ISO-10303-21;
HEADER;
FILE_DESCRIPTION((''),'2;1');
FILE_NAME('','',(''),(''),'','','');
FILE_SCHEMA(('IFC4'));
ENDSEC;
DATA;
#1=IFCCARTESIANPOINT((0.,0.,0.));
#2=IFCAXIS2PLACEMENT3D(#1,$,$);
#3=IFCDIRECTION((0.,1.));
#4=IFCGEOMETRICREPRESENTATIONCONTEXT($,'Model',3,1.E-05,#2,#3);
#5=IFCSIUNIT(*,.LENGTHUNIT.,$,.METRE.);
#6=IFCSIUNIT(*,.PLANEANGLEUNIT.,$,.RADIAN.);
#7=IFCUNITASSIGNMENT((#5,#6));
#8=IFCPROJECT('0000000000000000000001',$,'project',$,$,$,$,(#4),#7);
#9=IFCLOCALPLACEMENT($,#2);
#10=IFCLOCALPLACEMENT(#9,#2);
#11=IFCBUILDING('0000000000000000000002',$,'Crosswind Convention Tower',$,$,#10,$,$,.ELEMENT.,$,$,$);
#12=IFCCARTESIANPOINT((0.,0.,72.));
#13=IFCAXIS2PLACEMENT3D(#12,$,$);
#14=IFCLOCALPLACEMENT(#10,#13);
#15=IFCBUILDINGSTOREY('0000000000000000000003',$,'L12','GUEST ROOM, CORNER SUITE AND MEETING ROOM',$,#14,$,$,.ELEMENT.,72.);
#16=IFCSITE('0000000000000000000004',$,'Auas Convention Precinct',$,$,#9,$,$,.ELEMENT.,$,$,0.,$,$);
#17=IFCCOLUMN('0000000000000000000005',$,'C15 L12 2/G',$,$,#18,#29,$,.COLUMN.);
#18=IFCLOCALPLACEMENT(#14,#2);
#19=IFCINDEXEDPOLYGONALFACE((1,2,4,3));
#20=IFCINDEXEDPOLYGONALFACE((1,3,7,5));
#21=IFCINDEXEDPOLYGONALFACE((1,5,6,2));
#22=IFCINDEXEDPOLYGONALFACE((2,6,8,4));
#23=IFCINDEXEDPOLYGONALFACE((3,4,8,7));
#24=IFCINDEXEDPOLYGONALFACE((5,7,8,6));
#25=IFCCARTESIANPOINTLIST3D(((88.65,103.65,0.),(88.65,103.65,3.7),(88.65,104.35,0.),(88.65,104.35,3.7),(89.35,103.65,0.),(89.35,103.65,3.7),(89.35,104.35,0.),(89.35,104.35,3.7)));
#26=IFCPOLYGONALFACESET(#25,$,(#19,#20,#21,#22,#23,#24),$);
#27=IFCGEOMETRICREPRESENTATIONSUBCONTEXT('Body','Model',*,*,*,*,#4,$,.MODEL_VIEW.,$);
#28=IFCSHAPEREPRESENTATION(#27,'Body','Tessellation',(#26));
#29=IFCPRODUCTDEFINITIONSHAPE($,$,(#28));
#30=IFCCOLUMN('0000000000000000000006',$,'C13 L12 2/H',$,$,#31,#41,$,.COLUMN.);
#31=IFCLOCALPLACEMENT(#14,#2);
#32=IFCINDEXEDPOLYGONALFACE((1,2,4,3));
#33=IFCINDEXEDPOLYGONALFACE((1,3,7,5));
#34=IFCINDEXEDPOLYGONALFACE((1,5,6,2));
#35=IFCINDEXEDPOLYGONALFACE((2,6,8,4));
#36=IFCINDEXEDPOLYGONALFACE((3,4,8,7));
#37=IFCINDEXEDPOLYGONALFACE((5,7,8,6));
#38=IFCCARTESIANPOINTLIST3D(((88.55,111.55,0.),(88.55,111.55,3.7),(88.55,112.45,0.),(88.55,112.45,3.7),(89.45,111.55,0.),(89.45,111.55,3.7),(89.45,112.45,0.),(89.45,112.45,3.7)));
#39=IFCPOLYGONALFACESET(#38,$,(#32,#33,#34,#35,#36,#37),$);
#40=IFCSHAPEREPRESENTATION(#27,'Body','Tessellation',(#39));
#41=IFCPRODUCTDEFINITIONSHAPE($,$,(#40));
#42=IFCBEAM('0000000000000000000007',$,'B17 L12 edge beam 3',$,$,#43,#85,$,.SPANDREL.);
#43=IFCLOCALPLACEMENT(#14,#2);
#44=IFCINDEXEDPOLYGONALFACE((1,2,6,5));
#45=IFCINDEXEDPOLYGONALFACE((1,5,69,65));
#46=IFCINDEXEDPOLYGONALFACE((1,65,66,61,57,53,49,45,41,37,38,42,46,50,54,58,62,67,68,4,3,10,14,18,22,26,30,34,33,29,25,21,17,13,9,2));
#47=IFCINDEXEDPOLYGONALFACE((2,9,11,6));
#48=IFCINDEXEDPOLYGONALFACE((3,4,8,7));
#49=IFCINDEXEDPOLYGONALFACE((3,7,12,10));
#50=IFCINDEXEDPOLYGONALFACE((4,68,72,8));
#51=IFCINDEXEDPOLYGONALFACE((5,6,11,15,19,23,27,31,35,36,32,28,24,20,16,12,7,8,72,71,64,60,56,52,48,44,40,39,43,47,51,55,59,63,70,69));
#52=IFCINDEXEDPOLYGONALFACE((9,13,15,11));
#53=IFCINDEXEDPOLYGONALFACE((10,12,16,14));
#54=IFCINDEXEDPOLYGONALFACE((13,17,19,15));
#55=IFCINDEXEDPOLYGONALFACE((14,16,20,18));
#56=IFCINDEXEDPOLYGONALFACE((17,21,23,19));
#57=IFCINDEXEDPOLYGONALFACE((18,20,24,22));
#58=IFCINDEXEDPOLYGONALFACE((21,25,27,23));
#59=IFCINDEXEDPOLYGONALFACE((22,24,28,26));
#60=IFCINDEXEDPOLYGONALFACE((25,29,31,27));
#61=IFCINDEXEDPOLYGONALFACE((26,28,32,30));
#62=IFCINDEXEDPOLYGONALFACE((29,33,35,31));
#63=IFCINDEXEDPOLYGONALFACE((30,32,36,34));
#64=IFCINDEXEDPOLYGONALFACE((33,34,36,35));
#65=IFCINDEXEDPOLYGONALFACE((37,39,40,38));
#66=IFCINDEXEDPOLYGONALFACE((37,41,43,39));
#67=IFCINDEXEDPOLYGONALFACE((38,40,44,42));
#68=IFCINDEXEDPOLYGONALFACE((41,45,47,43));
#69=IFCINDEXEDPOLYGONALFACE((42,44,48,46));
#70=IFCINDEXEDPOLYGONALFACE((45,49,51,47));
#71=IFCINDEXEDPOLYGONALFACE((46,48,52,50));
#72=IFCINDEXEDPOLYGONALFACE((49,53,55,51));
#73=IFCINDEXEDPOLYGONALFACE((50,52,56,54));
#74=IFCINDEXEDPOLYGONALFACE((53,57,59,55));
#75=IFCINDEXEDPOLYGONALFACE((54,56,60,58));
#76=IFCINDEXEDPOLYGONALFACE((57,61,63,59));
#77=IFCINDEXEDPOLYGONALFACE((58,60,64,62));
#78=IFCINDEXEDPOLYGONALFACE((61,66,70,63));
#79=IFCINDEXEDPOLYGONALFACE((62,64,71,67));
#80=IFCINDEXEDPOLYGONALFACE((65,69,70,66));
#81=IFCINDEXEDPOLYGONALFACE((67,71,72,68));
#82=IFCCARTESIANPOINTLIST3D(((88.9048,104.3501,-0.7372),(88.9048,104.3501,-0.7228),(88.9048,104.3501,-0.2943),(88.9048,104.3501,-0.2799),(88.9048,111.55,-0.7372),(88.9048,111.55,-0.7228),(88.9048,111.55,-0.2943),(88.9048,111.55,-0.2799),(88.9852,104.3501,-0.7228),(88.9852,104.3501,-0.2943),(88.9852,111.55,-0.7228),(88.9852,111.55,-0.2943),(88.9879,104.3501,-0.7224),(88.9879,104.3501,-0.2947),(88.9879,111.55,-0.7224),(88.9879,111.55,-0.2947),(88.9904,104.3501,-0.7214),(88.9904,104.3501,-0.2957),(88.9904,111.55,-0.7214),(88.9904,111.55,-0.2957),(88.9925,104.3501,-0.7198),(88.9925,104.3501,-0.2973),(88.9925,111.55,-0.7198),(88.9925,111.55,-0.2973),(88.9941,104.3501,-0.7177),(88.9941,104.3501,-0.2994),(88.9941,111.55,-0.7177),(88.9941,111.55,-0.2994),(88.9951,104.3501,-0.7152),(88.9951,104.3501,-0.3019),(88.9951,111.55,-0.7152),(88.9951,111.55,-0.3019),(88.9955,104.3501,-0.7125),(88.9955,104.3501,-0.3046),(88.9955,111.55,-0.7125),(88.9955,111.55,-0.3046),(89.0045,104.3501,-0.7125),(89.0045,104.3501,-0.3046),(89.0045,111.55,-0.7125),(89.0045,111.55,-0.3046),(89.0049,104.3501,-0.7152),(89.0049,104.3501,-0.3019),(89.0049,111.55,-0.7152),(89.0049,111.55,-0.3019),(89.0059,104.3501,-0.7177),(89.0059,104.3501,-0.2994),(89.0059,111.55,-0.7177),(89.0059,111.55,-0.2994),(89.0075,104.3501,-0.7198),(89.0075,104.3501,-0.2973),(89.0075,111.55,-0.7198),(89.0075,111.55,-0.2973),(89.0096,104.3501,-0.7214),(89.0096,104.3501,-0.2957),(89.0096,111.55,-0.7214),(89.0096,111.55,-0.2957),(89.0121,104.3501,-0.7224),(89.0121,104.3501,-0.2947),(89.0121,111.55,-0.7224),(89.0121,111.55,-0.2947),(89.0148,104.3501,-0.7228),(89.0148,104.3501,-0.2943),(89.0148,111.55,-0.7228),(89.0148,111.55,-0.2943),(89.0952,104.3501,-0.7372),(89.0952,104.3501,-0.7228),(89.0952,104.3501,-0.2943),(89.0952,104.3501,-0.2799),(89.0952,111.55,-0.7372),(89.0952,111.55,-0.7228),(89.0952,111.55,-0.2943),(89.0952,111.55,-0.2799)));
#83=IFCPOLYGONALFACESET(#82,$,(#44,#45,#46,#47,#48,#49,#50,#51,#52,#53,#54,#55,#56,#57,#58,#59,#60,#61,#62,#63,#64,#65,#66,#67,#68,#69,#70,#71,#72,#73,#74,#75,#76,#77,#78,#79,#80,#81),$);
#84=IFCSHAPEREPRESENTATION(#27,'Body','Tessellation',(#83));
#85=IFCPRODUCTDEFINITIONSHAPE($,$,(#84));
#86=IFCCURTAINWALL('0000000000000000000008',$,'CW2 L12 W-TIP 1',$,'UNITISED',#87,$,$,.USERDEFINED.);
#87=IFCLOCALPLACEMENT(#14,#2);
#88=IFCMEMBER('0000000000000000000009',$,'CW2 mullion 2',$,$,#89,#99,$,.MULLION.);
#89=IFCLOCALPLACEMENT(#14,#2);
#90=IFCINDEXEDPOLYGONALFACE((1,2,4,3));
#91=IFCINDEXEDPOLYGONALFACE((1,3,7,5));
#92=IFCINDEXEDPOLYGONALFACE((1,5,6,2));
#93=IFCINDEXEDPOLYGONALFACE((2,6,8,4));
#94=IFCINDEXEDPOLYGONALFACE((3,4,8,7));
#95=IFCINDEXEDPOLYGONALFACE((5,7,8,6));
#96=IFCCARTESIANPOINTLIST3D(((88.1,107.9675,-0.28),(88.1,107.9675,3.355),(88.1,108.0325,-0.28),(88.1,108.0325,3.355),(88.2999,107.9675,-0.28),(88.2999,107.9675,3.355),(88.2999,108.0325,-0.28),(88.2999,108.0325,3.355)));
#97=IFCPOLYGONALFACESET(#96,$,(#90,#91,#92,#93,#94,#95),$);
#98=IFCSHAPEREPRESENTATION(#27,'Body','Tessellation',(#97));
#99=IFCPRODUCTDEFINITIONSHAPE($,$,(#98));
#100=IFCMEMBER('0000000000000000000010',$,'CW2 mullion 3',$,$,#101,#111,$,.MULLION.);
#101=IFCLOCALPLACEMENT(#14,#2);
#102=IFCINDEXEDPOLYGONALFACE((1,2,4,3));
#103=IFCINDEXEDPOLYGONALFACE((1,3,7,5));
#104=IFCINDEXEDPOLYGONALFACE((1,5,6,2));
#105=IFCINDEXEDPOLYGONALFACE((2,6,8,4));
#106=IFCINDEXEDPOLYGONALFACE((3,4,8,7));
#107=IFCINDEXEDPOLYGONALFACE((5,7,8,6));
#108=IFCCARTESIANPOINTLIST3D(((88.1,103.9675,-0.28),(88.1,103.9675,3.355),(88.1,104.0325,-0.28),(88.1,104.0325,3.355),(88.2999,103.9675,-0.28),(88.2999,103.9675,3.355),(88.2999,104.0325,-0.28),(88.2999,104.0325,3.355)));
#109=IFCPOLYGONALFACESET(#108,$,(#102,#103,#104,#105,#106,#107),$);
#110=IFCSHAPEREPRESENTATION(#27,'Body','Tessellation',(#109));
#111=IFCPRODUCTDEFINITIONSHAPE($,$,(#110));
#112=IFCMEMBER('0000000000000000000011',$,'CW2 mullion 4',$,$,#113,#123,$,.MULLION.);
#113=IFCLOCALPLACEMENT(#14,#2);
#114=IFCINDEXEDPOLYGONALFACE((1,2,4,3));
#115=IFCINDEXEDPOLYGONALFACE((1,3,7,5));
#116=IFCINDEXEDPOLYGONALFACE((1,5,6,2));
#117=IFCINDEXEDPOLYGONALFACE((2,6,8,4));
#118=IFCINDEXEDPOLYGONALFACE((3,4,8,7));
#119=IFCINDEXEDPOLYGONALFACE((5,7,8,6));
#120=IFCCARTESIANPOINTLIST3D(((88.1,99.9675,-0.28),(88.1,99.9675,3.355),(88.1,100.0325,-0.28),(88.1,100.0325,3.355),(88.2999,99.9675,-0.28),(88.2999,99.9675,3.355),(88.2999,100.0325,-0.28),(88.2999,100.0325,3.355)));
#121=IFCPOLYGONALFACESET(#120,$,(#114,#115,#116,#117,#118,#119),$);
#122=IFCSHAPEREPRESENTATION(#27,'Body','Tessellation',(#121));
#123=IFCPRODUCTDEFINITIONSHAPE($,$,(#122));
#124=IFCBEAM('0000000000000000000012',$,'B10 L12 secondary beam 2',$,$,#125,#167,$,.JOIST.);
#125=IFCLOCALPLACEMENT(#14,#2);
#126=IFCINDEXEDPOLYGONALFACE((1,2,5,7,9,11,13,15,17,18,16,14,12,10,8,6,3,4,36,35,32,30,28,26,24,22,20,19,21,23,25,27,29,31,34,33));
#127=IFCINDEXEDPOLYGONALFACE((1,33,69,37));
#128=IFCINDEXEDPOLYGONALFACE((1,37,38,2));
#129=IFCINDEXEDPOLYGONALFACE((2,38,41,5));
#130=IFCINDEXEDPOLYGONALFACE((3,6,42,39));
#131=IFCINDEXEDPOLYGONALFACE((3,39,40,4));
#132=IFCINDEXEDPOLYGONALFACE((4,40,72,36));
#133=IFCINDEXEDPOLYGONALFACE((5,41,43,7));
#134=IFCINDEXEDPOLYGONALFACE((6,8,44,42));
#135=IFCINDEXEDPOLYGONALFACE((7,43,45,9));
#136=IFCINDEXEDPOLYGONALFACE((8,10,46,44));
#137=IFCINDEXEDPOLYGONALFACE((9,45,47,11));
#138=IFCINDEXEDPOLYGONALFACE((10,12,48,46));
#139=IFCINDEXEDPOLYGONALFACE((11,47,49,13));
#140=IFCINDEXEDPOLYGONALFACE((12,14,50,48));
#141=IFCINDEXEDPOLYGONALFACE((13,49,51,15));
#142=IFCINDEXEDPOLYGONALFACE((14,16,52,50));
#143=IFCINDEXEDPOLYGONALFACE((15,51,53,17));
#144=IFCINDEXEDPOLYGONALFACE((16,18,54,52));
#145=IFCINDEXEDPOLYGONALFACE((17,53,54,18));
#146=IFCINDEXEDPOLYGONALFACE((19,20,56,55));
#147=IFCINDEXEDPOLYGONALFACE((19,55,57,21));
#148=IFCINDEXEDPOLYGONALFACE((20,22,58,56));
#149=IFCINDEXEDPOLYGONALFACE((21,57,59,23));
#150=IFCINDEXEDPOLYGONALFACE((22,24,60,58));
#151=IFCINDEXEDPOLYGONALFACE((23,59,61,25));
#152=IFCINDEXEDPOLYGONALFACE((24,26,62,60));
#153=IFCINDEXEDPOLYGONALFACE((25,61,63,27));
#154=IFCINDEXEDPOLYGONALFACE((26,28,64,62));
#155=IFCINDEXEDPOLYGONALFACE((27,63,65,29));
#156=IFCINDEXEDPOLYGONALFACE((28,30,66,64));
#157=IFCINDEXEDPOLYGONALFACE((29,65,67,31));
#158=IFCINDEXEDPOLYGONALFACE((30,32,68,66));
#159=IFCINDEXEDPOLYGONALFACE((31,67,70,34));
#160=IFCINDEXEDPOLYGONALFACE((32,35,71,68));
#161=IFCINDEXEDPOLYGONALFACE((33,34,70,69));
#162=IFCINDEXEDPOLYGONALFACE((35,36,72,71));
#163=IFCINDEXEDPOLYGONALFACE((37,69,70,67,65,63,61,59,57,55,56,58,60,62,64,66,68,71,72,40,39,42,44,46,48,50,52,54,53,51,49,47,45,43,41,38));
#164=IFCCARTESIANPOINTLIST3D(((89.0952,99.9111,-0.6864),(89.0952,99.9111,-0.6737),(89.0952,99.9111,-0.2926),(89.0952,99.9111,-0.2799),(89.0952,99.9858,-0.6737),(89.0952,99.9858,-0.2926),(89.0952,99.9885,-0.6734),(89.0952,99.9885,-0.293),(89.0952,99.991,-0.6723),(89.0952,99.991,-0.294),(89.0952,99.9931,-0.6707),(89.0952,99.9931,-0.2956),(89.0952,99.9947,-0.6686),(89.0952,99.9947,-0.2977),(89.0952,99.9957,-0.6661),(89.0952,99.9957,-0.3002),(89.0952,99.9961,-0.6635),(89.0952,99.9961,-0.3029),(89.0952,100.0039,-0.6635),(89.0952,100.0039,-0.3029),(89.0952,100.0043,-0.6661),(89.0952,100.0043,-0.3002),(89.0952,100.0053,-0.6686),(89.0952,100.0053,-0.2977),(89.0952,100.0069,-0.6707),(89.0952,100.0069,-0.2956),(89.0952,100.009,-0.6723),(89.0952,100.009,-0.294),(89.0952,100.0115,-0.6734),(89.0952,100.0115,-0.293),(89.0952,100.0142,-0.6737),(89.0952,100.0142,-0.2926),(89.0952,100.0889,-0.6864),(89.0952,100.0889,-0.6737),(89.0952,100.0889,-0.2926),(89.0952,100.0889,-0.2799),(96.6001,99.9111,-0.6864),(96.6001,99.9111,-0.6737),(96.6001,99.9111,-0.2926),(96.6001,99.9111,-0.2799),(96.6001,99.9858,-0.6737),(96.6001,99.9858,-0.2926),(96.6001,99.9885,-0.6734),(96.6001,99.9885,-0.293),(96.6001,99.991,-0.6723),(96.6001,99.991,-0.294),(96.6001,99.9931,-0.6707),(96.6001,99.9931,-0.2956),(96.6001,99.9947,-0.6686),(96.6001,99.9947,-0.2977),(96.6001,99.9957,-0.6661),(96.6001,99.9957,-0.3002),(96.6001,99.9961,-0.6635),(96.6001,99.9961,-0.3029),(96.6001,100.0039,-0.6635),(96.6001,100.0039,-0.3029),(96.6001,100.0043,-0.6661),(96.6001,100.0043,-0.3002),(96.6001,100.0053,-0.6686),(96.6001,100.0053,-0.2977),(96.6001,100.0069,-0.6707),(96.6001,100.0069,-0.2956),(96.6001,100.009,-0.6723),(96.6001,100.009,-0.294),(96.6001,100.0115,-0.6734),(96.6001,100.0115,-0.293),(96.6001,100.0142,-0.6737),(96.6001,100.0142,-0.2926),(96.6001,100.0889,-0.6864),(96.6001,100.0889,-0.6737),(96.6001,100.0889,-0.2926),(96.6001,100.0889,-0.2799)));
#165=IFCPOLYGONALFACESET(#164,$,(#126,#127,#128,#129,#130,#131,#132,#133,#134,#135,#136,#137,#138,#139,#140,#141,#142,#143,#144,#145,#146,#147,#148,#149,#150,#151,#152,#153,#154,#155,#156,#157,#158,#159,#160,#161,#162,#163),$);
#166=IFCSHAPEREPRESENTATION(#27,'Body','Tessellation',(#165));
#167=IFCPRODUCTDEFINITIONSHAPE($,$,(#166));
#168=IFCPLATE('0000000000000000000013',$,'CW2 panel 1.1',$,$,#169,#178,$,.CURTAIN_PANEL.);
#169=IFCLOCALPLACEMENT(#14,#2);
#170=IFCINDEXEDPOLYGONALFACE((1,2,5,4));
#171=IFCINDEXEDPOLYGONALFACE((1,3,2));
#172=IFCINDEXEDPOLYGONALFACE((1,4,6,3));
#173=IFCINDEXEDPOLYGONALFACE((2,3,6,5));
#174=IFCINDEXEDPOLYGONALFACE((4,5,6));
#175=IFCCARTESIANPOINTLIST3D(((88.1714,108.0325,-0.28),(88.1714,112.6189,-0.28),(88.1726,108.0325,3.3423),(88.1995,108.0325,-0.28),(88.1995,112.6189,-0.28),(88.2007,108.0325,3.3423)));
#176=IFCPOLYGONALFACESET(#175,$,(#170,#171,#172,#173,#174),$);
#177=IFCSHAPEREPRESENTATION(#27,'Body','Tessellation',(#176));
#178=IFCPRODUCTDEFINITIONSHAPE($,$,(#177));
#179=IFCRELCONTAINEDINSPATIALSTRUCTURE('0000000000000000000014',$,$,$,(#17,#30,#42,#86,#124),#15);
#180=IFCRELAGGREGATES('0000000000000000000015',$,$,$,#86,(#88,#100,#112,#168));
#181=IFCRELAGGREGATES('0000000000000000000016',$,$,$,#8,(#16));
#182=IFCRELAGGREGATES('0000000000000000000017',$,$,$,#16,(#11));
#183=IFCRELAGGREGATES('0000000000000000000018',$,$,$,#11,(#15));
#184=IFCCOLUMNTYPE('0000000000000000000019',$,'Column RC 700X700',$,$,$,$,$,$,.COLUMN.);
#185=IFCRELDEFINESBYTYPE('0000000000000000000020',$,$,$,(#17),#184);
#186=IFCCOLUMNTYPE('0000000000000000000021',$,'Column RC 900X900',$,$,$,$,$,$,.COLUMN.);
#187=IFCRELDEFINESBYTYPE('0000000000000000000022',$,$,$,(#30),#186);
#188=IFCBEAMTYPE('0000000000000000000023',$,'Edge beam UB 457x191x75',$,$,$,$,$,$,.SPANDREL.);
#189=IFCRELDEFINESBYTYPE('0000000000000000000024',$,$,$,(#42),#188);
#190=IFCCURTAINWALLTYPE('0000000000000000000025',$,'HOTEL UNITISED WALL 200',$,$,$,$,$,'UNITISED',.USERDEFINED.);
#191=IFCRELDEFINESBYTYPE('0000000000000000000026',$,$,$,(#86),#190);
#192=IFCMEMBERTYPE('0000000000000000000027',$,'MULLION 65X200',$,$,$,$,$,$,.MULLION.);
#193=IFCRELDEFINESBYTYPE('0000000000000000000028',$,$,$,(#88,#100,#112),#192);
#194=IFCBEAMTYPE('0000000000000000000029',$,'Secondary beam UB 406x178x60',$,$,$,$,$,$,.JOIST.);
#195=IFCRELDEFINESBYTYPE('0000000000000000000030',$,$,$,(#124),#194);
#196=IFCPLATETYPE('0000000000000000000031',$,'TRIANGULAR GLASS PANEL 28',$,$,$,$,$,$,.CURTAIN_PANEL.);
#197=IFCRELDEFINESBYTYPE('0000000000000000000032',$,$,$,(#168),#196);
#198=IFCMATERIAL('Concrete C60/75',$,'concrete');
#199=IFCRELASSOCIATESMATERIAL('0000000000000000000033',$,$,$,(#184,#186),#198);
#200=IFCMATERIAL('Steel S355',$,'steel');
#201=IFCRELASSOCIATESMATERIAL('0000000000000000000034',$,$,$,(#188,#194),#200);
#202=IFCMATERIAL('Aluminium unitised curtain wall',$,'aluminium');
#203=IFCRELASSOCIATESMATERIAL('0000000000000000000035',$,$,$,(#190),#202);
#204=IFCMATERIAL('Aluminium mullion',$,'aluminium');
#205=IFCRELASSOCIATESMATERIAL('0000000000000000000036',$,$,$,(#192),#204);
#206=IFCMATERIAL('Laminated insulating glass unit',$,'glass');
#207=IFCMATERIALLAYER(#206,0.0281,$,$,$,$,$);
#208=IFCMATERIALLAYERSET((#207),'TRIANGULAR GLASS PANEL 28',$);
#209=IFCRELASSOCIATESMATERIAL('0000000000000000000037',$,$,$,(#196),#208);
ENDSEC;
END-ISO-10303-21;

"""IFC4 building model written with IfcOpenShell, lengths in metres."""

from ifc_helpers import new_model, si_unit, direction, frame, origin, origin_2d, place, context, subcontext, project, spatial, polyline, rectangle, i_section, outline, extrude, material, layer, layer_set, material_profile, profile_set, type_object, element, aggregate, save


model = new_model("IFC4")

# Units and contexts
model_context = context("Model", 3, precision=1e-05, world=origin(), true_north=direction((0.0, 1.0)))
body_context = subcontext(model_context, "Body", "Model", "MODEL_VIEW")
ifc_project = project(units=[si_unit("LENGTHUNIT", "METRE"), si_unit("PLANEANGLEUNIT", "RADIAN")], contexts=[model_context])

# Site, building, storey
site_placement = place(None, origin())
site = spatial("IfcSite", under=ifc_project, at=site_placement, Name="Auas Convention Precinct", CompositionType="ELEMENT", RefElevation=0.0)
building_placement = place(site_placement, origin())
building = spatial("IfcBuilding", under=site, at=building_placement, Name="Crosswind Convention Tower", CompositionType="ELEMENT")
storey_placement = place(building_placement, frame((0.0, 0.0, 72.0)))
storey = spatial("IfcBuildingStorey", under=building, at=storey_placement, Name="L12", Description="GUEST ROOM, CORNER SUITE AND MEETING ROOM", CompositionType="ELEMENT", Elevation=72.0)

# Columns
ifc_material_1 = material(Name="Concrete C60/75", Category="concrete")
ifc_material_profile_1 = material_profile(ifc_material_1, rectangle(XDim=0.7, YDim=0.7, at=origin_2d()), Name="RC 700X700")
ifc_profile_set_1 = profile_set([ifc_material_profile_1], Name="Concrete C60/75")
column_type_1 = type_object("IfcColumnType", Name="Column RC 700X700", PredefinedType="COLUMN", material=ifc_profile_set_1)
column_1_placement = place(storey_placement, frame((89.0, 104.0, 0.0), z_axis=(0.0, 0.0, 1.0), x_axis=(1.0, 0.0, 0.0)))
element("IfcColumn", 1, at=column_1_placement, inside=storey, type_object=column_type_1, Name="C15 L12 2/G", PredefinedType="COLUMN", context=body_context, shape_type="SweptSolid", body=[
    extrude(rectangle(XDim=0.7, YDim=0.7, at=origin_2d()), origin(), (0.0, 0.0, 1.0), 3.7),
])
ifc_material_profile_2 = material_profile(ifc_material_1, rectangle(XDim=0.8999, YDim=0.8999, at=origin_2d()), Name="RC 900X900")
ifc_profile_set_2 = profile_set([ifc_material_profile_2], Name="Concrete C60/75")
column_type_2 = type_object("IfcColumnType", Name="Column RC 900X900", PredefinedType="COLUMN", material=ifc_profile_set_2)
column_2_placement = place(storey_placement, frame((89.0, 112.0, 0.0), z_axis=(0.0, 0.0, 1.0), x_axis=(1.0, 0.0, 0.0)))
element("IfcColumn", 2, at=column_2_placement, inside=storey, type_object=column_type_2, Name="C13 L12 2/H", PredefinedType="COLUMN", context=body_context, shape_type="SweptSolid", body=[
    extrude(rectangle(XDim=0.8999, YDim=0.8999, at=origin_2d()), origin(), (0.0, 0.0, 1.0), 3.7),
])

# Beam
ifc_material_2 = material(Name="Steel S355", Category="steel")
ifc_material_profile_3 = material_profile(ifc_material_2, i_section(OverallWidth=0.1904, OverallDepth=0.4573, WebThickness=0.009, FlangeThickness=0.0144, FilletRadius=0.0103, at=origin_2d()), Name="UB 457x191x75")
ifc_profile_set_3 = profile_set([ifc_material_profile_3], Name="Steel S355")
beam_type_1 = type_object("IfcBeamType", Name="Edge beam UB 457x191x75", PredefinedType="SPANDREL", material=ifc_profile_set_3)
beam_1_placement = place(storey_placement, frame((89.0, 104.3501, -0.5085), z_axis=(0.0, 1.0, 0.0), x_axis=(-1.0, 0.0, 0.0)))
element("IfcBeam", 3, at=beam_1_placement, inside=storey, type_object=beam_type_1, Name="B17 L12 edge beam 3", PredefinedType="SPANDREL", context=body_context, shape_type="SweptSolid", body=[
    extrude(i_section(OverallWidth=0.1904, OverallDepth=0.4573, WebThickness=0.009, FlangeThickness=0.0144, FilletRadius=0.0103, at=origin_2d()), origin(), (0.0, 0.0, 1.0), 7.2),
])

# Curtain wall, members
ifc_material_3 = material(Name="Aluminium unitised curtain wall", Category="aluminium")
curtain_wall_type = type_object("IfcCurtainWallType", Name="HOTEL UNITISED WALL 200", ElementType="UNITISED", PredefinedType="USERDEFINED", material=ifc_material_3)
curtain_wall_placement = place(storey_placement, origin())
curtain_wall = element("IfcCurtainWall", 4, at=curtain_wall_placement, inside=storey, type_object=curtain_wall_type, Name="CW2 L12 W-TIP 1", ObjectType="UNITISED", PredefinedType="USERDEFINED")
ifc_material_4 = material(Name="Aluminium mullion", Category="aluminium")
ifc_material_profile_4 = material_profile(ifc_material_4, rectangle(XDim=0.2, YDim=0.0649, at=origin_2d()), Name="AL 200X65")
ifc_profile_set_4 = profile_set([ifc_material_profile_4], Name="Aluminium mullion")
member_type = type_object("IfcMemberType", Name="MULLION 65X200", PredefinedType="MULLION", material=ifc_profile_set_4)
member_1_placement = place(storey_placement, frame((88.2, 108.0, -0.28), z_axis=(0.0, 0.0, 1.0), x_axis=(-1.0, 0.0, 0.0)))
member_1 = element("IfcMember", 5, at=member_1_placement, type_object=member_type, Name="CW2 mullion 2", PredefinedType="MULLION", context=body_context, shape_type="SweptSolid", body=[
    extrude(rectangle(XDim=0.2, YDim=0.0649, at=origin_2d()), origin(), (0.0, 0.0, 1.0), 3.635),
])
member_2_placement = place(storey_placement, frame((88.2, 104.0, -0.28), z_axis=(0.0, 0.0, 1.0), x_axis=(-1.0, 0.0, 0.0)))
member_2 = element("IfcMember", 6, at=member_2_placement, type_object=member_type, Name="CW2 mullion 3", PredefinedType="MULLION", context=body_context, shape_type="SweptSolid", body=[
    extrude(rectangle(XDim=0.2, YDim=0.0649, at=origin_2d()), origin(), (0.0, 0.0, 1.0), 3.635),
])
member_3_placement = place(storey_placement, frame((88.2, 100.0, -0.28), z_axis=(0.0, 0.0, 1.0), x_axis=(-1.0, 0.0, 0.0)))
member_3 = element("IfcMember", 7, at=member_3_placement, type_object=member_type, Name="CW2 mullion 4", PredefinedType="MULLION", context=body_context, shape_type="SweptSolid", body=[
    extrude(rectangle(XDim=0.2, YDim=0.0649, at=origin_2d()), origin(), (0.0, 0.0, 1.0), 3.635),
])

# Beam
ifc_material_profile_5 = material_profile(ifc_material_2, i_section(OverallWidth=0.1777, OverallDepth=0.4065, WebThickness=0.0078, FlangeThickness=0.0127, FilletRadius=0.0103, at=origin_2d()), Name="UB 406x178x60")
ifc_profile_set_5 = profile_set([ifc_material_profile_5], Name="Steel S355")
beam_type_2 = type_object("IfcBeamType", Name="Secondary beam UB 406x178x60", PredefinedType="JOIST", material=ifc_profile_set_5)
beam_2_placement = place(storey_placement, frame((89.0952, 100.0, -0.4832), z_axis=(1.0, 0.0, 0.0), x_axis=(0.0, 1.0, 0.0)))
element("IfcBeam", 8, at=beam_2_placement, inside=storey, type_object=beam_type_2, Name="B10 L12 secondary beam 2", PredefinedType="JOIST", context=body_context, shape_type="SweptSolid", body=[
    extrude(i_section(OverallWidth=0.1777, OverallDepth=0.4065, WebThickness=0.0078, FlangeThickness=0.0127, FilletRadius=0.0103, at=origin_2d()), origin(), (0.0, 0.0, 1.0), 7.5049),
])

# Plate
ifc_material_5 = material(Name="Laminated insulating glass unit", Category="glass")
ifc_layer_1 = layer(ifc_material_5, 0.0281)
ifc_layer_set_1 = layer_set([ifc_layer_1], Name="TRIANGULAR GLASS PANEL 28")
plate_type = type_object("IfcPlateType", Name="TRIANGULAR GLASS PANEL 28", PredefinedType="CURTAIN_PANEL", material=ifc_layer_set_1)
plate_1_placement = place(storey_placement, frame((88.1714, 108.0325, -0.28), z_axis=(-1.0, 0.0, 0.000337), x_axis=(0.000337, 0.0, 1.0)))
plate_1 = element("IfcPlate", 9, at=plate_1_placement, type_object=plate_type, Name="CW2 panel 1.1", PredefinedType="CURTAIN_PANEL", context=body_context, shape_type="SweptSolid", body=[
    extrude(outline(polyline([(0.0, 0.0), (3.6223, 0.0), (0.0, 4.5864), (0.0, 0.0)])), origin(), (0.0, 0.0, -1.0), 0.0281),
])
aggregate(curtain_wall, [member_1, member_2, member_3, plate_1])

save(model, "model.ifc")
